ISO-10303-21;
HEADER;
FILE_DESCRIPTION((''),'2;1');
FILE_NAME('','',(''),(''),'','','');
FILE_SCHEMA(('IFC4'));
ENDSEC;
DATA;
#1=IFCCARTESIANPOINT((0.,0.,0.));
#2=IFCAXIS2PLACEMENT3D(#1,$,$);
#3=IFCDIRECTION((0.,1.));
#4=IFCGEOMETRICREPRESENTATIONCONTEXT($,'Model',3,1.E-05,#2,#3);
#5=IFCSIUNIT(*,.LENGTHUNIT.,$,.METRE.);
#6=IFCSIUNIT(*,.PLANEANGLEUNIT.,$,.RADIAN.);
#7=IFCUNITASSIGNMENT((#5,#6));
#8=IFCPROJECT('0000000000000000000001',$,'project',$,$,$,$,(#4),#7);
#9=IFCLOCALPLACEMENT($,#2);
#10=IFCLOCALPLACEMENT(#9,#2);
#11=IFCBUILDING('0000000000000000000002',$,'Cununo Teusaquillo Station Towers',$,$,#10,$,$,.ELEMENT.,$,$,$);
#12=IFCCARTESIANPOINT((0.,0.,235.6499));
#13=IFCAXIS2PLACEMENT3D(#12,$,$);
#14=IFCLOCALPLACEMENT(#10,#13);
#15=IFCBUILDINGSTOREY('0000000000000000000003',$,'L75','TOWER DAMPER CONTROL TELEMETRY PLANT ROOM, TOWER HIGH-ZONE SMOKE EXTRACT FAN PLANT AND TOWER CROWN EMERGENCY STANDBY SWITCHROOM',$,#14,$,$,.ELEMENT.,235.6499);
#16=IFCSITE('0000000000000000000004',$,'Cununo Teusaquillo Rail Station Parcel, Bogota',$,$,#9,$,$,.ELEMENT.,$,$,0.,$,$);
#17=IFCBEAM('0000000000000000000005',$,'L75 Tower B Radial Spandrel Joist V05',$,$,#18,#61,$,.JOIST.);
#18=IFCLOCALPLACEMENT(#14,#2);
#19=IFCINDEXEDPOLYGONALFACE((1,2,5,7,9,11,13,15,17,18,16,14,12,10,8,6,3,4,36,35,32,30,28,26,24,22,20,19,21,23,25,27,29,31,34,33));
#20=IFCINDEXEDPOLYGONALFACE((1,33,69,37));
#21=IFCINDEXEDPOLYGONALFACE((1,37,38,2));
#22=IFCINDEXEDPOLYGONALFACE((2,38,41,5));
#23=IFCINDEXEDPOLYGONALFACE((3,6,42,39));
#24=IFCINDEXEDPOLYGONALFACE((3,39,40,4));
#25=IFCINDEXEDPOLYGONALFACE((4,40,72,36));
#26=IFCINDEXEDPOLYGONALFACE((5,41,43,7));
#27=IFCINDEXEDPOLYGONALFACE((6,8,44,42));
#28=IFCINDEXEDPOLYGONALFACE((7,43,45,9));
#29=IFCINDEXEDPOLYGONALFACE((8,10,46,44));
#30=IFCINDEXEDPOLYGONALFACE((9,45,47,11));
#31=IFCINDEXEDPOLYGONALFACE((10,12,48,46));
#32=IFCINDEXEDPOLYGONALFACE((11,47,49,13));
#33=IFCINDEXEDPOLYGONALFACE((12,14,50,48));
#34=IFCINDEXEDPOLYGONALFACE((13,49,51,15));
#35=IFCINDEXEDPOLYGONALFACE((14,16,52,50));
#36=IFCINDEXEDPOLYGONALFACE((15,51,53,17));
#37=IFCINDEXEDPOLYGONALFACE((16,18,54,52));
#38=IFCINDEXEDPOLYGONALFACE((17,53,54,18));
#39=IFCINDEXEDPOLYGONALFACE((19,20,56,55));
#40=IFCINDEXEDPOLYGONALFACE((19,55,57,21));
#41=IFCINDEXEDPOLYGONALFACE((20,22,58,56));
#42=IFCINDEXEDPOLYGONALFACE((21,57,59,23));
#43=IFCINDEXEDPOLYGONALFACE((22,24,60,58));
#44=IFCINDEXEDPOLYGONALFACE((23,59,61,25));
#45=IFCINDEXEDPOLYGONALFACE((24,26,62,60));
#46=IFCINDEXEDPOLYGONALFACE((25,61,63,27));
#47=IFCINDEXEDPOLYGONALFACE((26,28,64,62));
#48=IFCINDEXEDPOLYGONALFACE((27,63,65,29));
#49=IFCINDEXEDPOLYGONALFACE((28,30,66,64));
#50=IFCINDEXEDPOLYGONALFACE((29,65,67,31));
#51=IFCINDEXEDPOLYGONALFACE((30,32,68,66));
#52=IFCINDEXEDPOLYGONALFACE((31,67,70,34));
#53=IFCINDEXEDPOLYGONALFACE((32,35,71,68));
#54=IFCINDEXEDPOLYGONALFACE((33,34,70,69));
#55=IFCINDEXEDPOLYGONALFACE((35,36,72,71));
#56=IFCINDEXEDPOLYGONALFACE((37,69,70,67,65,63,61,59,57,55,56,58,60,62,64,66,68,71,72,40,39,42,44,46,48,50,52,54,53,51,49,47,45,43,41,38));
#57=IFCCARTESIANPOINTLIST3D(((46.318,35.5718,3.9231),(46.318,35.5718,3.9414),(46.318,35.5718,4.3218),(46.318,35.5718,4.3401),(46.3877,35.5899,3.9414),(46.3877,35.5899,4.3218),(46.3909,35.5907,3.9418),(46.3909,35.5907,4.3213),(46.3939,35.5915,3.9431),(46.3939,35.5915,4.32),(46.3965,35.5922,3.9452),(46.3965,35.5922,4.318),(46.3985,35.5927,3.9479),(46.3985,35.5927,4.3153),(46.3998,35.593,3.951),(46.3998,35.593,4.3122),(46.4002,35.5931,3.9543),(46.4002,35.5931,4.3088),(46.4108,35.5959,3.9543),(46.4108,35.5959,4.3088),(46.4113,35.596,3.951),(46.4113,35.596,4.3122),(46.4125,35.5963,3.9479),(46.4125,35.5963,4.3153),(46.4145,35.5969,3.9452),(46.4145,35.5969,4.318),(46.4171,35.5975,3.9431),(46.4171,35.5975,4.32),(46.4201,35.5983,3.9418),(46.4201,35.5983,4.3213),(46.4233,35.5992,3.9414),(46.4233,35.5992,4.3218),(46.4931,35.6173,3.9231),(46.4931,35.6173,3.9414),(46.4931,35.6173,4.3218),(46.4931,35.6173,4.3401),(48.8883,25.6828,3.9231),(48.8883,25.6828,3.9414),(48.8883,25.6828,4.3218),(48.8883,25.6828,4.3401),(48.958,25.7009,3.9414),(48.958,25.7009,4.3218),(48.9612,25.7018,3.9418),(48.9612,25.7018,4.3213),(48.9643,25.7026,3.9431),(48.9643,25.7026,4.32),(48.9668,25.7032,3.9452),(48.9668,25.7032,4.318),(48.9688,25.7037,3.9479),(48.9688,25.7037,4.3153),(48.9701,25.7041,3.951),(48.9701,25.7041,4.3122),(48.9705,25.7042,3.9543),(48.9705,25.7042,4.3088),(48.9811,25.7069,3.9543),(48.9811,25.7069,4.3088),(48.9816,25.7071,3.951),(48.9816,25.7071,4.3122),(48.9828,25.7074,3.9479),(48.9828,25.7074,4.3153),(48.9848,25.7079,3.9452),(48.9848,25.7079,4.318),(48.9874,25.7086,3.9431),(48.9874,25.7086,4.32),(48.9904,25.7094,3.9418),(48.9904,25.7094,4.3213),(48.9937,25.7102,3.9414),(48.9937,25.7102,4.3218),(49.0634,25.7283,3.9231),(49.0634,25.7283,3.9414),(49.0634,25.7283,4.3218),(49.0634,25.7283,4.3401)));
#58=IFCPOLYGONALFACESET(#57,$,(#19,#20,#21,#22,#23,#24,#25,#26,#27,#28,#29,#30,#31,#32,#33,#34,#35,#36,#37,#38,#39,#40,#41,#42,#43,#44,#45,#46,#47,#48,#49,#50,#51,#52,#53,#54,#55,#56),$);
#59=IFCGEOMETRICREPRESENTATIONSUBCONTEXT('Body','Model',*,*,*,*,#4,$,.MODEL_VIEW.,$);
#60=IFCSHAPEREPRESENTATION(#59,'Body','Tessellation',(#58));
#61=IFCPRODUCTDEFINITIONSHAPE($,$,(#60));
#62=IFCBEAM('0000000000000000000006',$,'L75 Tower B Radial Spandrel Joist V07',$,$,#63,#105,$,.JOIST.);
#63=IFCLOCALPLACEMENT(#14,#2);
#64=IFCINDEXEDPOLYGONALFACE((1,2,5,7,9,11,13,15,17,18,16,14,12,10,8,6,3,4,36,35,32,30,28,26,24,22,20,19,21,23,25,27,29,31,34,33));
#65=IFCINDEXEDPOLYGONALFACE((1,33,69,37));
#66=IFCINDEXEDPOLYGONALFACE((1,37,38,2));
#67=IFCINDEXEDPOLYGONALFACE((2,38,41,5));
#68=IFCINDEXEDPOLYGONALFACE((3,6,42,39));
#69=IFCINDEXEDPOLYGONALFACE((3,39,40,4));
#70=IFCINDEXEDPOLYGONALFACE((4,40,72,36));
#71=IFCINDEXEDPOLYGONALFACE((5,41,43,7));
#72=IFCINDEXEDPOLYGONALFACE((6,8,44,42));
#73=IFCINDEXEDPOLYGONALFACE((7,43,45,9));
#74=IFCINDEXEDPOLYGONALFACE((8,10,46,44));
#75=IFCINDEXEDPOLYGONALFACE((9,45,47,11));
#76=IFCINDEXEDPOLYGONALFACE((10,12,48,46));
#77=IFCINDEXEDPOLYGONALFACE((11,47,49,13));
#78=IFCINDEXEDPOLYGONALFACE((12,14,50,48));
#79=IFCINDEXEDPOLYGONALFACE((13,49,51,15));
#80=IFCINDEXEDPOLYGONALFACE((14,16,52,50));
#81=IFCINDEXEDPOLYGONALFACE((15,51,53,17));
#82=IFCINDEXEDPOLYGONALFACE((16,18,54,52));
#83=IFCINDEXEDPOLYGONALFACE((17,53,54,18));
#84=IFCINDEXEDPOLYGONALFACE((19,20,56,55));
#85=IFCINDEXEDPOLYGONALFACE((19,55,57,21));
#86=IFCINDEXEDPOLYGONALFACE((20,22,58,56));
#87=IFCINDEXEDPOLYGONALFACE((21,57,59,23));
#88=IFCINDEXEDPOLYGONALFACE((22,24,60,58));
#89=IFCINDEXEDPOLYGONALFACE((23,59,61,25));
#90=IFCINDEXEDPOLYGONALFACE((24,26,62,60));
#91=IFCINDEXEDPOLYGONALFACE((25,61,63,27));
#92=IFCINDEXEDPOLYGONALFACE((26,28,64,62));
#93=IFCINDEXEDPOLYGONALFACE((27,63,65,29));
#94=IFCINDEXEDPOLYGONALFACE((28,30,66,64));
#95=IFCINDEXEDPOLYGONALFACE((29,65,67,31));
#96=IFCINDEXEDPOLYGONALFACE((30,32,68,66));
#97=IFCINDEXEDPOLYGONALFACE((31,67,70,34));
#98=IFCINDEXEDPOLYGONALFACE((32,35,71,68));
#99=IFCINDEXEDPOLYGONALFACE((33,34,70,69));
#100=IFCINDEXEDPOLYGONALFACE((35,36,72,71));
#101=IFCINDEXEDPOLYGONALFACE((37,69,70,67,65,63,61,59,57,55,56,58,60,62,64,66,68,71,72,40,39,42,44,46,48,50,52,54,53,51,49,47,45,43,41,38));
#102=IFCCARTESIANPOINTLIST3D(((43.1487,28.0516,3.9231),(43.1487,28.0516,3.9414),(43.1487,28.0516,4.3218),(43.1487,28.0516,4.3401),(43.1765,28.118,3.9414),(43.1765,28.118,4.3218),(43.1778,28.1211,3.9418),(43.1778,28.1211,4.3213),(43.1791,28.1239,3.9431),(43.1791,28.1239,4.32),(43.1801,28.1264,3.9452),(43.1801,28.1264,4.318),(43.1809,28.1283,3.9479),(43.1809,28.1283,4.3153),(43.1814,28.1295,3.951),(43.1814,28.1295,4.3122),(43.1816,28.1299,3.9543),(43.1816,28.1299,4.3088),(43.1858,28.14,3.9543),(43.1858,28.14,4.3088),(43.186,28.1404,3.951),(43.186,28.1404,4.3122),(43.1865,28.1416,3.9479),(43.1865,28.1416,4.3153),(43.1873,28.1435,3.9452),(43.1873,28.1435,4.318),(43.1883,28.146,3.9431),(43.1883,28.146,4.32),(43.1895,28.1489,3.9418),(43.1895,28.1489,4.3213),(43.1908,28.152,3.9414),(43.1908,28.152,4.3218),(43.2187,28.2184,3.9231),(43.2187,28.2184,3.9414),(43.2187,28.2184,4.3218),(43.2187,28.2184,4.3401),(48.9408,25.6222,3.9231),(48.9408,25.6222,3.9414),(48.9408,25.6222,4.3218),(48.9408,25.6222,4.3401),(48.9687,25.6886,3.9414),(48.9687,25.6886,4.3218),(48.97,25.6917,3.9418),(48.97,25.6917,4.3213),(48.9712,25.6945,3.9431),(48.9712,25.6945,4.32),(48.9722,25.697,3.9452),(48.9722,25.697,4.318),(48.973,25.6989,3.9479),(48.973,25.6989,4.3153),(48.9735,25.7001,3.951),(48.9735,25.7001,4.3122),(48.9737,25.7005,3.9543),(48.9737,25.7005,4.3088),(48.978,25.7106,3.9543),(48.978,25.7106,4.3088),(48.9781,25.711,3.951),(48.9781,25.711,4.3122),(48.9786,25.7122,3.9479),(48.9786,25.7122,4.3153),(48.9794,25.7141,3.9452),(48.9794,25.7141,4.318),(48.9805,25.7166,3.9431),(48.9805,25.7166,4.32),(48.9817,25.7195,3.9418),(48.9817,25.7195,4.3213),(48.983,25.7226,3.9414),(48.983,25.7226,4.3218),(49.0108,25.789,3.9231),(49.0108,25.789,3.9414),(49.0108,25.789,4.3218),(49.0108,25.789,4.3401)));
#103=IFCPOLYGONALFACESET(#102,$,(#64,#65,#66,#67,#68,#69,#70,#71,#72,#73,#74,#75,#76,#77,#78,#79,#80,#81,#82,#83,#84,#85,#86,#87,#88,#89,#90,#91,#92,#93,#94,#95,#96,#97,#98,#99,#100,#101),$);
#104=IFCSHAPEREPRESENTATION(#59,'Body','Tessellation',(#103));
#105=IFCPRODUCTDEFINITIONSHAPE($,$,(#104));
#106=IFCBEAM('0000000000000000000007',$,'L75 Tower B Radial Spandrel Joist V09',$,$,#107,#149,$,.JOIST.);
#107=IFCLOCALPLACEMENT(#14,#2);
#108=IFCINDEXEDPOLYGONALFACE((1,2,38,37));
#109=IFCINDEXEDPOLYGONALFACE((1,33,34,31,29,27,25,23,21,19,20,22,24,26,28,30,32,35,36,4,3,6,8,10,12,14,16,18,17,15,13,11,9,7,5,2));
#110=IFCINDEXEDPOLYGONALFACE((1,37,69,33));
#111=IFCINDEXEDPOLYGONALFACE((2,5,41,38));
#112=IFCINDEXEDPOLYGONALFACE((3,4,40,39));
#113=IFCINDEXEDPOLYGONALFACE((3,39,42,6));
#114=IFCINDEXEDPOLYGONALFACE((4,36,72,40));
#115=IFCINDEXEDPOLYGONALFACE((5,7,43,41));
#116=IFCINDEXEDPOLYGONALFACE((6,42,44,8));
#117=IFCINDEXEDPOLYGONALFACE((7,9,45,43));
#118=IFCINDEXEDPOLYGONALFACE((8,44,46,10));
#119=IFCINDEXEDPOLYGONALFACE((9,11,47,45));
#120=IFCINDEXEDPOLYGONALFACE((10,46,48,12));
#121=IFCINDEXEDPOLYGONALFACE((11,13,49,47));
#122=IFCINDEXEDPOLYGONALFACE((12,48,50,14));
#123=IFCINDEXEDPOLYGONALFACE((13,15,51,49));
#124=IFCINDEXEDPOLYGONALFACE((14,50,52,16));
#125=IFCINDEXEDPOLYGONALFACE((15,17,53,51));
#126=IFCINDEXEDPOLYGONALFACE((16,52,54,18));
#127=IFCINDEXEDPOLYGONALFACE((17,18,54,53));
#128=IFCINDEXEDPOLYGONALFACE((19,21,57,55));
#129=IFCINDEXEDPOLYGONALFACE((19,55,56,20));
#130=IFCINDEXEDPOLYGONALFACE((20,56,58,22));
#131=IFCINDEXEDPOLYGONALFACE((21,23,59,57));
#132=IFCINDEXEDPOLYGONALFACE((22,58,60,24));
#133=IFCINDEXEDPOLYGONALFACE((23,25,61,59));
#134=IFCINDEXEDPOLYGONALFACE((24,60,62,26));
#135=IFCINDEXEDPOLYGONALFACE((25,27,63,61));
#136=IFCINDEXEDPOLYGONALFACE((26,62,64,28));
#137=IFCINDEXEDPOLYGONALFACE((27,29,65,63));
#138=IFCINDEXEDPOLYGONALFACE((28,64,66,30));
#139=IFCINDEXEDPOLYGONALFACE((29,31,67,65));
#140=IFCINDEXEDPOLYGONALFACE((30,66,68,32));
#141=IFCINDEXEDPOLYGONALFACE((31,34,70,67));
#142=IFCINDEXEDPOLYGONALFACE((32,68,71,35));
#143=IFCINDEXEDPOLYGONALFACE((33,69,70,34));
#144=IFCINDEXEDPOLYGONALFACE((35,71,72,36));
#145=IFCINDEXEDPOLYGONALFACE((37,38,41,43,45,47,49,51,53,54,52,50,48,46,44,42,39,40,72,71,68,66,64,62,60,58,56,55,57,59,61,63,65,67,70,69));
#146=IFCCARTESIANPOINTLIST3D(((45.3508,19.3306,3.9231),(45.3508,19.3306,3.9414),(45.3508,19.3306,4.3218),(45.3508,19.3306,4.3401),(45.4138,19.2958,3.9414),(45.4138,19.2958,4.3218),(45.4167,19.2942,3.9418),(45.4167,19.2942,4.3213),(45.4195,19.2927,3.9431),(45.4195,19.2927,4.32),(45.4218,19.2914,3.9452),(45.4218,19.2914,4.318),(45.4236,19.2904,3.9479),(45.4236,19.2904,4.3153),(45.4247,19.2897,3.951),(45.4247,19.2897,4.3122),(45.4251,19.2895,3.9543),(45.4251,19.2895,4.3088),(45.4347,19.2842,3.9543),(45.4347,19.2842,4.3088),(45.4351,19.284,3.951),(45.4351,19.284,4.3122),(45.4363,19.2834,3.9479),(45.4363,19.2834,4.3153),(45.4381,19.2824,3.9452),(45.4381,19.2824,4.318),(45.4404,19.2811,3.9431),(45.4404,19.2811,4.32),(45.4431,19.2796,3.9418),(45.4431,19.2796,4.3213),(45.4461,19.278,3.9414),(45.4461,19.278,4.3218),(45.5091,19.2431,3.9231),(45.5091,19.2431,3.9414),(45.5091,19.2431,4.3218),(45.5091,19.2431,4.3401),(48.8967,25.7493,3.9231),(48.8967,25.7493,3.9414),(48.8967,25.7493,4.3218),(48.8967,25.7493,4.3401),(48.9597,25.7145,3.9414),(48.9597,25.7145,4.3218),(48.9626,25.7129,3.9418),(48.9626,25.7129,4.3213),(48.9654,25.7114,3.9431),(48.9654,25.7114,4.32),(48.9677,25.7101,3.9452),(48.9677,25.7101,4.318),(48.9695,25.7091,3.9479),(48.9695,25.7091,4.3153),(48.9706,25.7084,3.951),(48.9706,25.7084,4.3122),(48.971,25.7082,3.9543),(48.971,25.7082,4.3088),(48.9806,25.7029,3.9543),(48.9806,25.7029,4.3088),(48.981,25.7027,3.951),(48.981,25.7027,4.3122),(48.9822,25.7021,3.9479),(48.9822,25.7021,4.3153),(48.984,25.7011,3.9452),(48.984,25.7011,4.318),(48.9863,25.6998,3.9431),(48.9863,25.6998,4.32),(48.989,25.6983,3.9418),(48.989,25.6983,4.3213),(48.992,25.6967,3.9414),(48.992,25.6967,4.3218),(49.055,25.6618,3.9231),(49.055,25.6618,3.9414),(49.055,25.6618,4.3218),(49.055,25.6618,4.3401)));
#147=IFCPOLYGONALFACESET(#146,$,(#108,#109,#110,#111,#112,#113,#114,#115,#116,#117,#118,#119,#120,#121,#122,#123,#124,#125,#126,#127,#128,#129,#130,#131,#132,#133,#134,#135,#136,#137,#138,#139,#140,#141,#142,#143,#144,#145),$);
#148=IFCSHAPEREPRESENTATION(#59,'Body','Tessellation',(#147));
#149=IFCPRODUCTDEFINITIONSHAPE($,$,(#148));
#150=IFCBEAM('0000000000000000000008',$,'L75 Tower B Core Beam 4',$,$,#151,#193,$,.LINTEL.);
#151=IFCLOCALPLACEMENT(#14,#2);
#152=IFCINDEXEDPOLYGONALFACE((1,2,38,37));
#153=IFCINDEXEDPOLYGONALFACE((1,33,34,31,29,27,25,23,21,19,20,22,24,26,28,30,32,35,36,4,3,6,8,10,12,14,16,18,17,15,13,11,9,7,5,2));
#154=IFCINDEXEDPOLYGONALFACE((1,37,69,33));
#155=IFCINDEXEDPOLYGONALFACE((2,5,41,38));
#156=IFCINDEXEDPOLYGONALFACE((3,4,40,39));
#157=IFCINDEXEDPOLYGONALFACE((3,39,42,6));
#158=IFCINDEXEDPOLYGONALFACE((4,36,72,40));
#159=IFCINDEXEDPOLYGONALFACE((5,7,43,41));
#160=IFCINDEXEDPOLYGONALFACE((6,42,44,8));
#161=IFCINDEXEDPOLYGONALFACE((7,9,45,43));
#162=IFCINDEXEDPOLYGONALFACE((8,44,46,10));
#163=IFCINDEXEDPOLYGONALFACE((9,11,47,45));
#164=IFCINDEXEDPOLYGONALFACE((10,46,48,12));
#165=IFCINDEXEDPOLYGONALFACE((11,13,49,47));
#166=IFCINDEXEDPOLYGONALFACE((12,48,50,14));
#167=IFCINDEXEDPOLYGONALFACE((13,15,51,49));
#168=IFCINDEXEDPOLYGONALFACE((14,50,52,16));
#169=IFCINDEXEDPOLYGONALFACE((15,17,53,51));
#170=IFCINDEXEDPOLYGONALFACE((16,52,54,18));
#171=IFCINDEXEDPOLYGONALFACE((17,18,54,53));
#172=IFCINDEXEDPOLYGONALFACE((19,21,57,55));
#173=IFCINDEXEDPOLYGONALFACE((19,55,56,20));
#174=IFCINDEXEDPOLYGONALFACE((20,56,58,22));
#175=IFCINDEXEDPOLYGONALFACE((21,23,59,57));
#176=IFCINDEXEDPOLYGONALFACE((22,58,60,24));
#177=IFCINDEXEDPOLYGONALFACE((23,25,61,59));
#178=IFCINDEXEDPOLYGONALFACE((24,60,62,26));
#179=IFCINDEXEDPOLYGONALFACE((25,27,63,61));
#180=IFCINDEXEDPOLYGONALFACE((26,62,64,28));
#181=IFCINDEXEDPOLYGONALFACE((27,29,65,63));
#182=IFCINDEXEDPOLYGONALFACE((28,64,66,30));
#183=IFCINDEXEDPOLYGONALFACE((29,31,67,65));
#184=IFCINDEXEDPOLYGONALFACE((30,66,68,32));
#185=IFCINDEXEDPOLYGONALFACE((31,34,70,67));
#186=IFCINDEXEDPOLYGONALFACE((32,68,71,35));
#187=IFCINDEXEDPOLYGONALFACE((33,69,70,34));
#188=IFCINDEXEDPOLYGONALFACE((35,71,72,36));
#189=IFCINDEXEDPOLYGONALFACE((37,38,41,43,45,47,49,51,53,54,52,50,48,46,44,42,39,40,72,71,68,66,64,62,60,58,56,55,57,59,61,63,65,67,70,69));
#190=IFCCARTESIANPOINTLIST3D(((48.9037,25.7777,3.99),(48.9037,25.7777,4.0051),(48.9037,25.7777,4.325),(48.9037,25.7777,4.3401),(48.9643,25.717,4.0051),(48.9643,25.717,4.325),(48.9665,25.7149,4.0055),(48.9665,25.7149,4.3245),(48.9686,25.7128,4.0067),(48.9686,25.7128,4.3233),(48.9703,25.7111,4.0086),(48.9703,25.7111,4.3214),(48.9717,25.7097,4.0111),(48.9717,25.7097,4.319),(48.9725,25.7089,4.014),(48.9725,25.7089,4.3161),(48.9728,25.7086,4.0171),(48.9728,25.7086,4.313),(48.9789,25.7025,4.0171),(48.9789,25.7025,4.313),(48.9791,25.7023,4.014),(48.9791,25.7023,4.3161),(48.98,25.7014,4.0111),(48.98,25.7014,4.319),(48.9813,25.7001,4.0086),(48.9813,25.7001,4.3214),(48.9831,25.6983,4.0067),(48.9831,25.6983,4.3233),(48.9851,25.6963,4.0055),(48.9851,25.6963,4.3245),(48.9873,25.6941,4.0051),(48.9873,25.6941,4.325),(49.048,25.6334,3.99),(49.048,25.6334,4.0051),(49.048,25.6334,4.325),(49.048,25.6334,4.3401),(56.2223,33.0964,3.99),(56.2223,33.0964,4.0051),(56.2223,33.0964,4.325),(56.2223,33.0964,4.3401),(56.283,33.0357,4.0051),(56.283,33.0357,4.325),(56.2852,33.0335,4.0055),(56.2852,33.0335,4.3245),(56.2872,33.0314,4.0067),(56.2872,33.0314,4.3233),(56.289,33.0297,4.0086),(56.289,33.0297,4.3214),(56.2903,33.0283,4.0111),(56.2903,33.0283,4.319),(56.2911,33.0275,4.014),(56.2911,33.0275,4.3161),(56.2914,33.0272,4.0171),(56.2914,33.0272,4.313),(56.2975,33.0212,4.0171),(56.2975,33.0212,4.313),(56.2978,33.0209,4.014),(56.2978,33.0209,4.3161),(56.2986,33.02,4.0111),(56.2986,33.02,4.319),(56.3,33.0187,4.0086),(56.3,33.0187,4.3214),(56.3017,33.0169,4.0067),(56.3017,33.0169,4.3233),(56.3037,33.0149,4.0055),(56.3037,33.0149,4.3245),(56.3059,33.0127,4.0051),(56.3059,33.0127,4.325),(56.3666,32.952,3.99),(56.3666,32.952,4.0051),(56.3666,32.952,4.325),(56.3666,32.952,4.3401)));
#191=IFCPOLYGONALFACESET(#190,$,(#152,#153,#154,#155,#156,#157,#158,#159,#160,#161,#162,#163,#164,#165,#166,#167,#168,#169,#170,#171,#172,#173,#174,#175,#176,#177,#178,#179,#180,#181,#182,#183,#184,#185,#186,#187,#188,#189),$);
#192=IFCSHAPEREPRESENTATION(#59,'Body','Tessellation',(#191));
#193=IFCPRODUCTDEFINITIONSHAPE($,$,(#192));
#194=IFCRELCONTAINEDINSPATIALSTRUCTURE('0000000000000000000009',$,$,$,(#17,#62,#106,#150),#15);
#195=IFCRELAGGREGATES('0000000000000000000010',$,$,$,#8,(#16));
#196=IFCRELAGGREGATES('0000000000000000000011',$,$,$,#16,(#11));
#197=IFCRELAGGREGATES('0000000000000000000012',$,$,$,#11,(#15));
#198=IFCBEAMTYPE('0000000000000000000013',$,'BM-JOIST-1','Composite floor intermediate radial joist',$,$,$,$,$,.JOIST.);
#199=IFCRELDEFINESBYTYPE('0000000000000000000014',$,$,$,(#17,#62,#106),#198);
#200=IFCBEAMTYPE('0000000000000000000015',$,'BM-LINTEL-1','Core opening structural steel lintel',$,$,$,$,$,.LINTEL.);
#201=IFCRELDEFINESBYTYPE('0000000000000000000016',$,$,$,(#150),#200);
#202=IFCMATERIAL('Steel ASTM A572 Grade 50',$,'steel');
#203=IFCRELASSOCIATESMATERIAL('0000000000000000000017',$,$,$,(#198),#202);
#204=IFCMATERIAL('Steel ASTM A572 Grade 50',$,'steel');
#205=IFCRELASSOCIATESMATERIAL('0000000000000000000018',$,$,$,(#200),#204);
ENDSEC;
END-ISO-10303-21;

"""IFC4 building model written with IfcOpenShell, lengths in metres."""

from ifc_helpers import new_model, si_unit, direction, frame, origin, origin_2d, place, context, subcontext, project, spatial, i_section, extrude, material, material_profile, profile_set, type_object, element, save


model = new_model("IFC4")

# Units and contexts
model_context = context("Model", 3, precision=1e-05, world=origin(), true_north=direction((0.0, 1.0)))
body_context = subcontext(model_context, "Body", "Model", "MODEL_VIEW")
ifc_project = project(units=[si_unit("LENGTHUNIT", "METRE"), si_unit("PLANEANGLEUNIT", "RADIAN")], contexts=[model_context])

# Site, building, storey
site_placement = place(None, origin())
site = spatial("IfcSite", under=ifc_project, at=site_placement, Name="Cununo Teusaquillo Rail Station Parcel, Bogota", CompositionType="ELEMENT", RefElevation=0.0)
building_placement = place(site_placement, origin())
building = spatial("IfcBuilding", under=site, at=building_placement, Name="Cununo Teusaquillo Station Towers", CompositionType="ELEMENT")
storey_placement = place(building_placement, frame((0.0, 0.0, 235.6499)))
storey = spatial("IfcBuildingStorey", under=building, at=storey_placement, Name="L75", Description="TOWER DAMPER CONTROL TELEMETRY PLANT ROOM, TOWER HIGH-ZONE SMOKE EXTRACT FAN PLANT AND TOWER CROWN EMERGENCY STANDBY SWITCHROOM", CompositionType="ELEMENT", Elevation=235.6499)

# Beams
ifc_material_1 = material(Name="Steel ASTM A572 Grade 50", Category="steel")
ifc_material_profile_1 = material_profile(ifc_material_1, i_section(OverallWidth=0.1809, OverallDepth=0.417, WebThickness=0.011, FlangeThickness=0.0183, FilletRadius=0.0129, at=origin_2d()), Name="W16X57")
ifc_profile_set_1 = profile_set([ifc_material_profile_1], Name="Steel ASTM A572 Grade 50")
beam_type_1 = type_object("IfcBeamType", Name="BM-JOIST-1", Description="Composite floor intermediate radial joist", PredefinedType="JOIST", material=ifc_profile_set_1)
beam_1_placement = place(storey_placement, frame((48.9758, 25.7056, 4.1316), z_axis=(-0.25156, 0.967842, 0.0), x_axis=(-0.967842, -0.25156, 0.0)))
element("IfcBeam", 1, at=beam_1_placement, inside=storey, type_object=beam_type_1, Name="L75 Tower B Radial Spandrel Joist V05", PredefinedType="JOIST", context=body_context, shape_type="SweptSolid", body=[
    extrude(i_section(OverallWidth=0.1809, OverallDepth=0.417, WebThickness=0.011, FlangeThickness=0.0183, FilletRadius=0.0129, at=origin_2d()), origin(), (0.0, 0.0, 1.0), 10.2175),
])
beam_2_placement = place(storey_placement, frame((48.9758, 25.7056, 4.1316), z_axis=(-0.922169, 0.386786, 0.0), x_axis=(-0.386786, -0.922169, 0.0)))
element("IfcBeam", 2, at=beam_2_placement, inside=storey, type_object=beam_type_1, Name="L75 Tower B Radial Spandrel Joist V07", PredefinedType="JOIST", context=body_context, shape_type="SweptSolid", body=[
    extrude(i_section(OverallWidth=0.1809, OverallDepth=0.417, WebThickness=0.011, FlangeThickness=0.0183, FilletRadius=0.0129, at=origin_2d()), origin(), (0.0, 0.0, 1.0), 6.281),
])
beam_3_placement = place(storey_placement, frame((48.9758, 25.7056, 4.1316), z_axis=(-0.483553, -0.875315, 0.0), x_axis=(0.875315, -0.483553, 0.0)))
element("IfcBeam", 3, at=beam_3_placement, inside=storey, type_object=beam_type_1, Name="L75 Tower B Radial Spandrel Joist V09", PredefinedType="JOIST", context=body_context, shape_type="SweptSolid", body=[
    extrude(i_section(OverallWidth=0.1809, OverallDepth=0.417, WebThickness=0.011, FlangeThickness=0.0183, FilletRadius=0.0129, at=origin_2d()), origin(), (0.0, 0.0, 1.0), 7.333),
])
ifc_material_2 = material(Name="Steel ASTM A572 Grade 50", Category="steel")
ifc_material_profile_2 = material_profile(ifc_material_2, i_section(OverallWidth=0.2041, OverallDepth=0.3501, WebThickness=0.0085, FlangeThickness=0.0151, FilletRadius=0.012, at=origin_2d()), Name="W14X48")
ifc_profile_set_2 = profile_set([ifc_material_profile_2], Name="Steel ASTM A572 Grade 50")
beam_type_2 = type_object("IfcBeamType", Name="BM-LINTEL-1", Description="Core opening structural steel lintel", PredefinedType="LINTEL", material=ifc_profile_set_2)
beam_4_placement = place(storey_placement, frame((48.9758, 25.7056, 4.165), z_axis=(0.707107, 0.707107, 0.0), x_axis=(-0.707107, 0.707107, 0.0)))
element("IfcBeam", 4, at=beam_4_placement, inside=storey, type_object=beam_type_2, Name="L75 Tower B Core Beam 4", PredefinedType="LINTEL", context=body_context, shape_type="SweptSolid", body=[
    extrude(i_section(OverallWidth=0.2041, OverallDepth=0.3501, WebThickness=0.0085, FlangeThickness=0.0151, FilletRadius=0.012, at=origin_2d()), origin(), (0.0, 0.0, 1.0), 10.3501),
])

save(model, "model.ifc")
